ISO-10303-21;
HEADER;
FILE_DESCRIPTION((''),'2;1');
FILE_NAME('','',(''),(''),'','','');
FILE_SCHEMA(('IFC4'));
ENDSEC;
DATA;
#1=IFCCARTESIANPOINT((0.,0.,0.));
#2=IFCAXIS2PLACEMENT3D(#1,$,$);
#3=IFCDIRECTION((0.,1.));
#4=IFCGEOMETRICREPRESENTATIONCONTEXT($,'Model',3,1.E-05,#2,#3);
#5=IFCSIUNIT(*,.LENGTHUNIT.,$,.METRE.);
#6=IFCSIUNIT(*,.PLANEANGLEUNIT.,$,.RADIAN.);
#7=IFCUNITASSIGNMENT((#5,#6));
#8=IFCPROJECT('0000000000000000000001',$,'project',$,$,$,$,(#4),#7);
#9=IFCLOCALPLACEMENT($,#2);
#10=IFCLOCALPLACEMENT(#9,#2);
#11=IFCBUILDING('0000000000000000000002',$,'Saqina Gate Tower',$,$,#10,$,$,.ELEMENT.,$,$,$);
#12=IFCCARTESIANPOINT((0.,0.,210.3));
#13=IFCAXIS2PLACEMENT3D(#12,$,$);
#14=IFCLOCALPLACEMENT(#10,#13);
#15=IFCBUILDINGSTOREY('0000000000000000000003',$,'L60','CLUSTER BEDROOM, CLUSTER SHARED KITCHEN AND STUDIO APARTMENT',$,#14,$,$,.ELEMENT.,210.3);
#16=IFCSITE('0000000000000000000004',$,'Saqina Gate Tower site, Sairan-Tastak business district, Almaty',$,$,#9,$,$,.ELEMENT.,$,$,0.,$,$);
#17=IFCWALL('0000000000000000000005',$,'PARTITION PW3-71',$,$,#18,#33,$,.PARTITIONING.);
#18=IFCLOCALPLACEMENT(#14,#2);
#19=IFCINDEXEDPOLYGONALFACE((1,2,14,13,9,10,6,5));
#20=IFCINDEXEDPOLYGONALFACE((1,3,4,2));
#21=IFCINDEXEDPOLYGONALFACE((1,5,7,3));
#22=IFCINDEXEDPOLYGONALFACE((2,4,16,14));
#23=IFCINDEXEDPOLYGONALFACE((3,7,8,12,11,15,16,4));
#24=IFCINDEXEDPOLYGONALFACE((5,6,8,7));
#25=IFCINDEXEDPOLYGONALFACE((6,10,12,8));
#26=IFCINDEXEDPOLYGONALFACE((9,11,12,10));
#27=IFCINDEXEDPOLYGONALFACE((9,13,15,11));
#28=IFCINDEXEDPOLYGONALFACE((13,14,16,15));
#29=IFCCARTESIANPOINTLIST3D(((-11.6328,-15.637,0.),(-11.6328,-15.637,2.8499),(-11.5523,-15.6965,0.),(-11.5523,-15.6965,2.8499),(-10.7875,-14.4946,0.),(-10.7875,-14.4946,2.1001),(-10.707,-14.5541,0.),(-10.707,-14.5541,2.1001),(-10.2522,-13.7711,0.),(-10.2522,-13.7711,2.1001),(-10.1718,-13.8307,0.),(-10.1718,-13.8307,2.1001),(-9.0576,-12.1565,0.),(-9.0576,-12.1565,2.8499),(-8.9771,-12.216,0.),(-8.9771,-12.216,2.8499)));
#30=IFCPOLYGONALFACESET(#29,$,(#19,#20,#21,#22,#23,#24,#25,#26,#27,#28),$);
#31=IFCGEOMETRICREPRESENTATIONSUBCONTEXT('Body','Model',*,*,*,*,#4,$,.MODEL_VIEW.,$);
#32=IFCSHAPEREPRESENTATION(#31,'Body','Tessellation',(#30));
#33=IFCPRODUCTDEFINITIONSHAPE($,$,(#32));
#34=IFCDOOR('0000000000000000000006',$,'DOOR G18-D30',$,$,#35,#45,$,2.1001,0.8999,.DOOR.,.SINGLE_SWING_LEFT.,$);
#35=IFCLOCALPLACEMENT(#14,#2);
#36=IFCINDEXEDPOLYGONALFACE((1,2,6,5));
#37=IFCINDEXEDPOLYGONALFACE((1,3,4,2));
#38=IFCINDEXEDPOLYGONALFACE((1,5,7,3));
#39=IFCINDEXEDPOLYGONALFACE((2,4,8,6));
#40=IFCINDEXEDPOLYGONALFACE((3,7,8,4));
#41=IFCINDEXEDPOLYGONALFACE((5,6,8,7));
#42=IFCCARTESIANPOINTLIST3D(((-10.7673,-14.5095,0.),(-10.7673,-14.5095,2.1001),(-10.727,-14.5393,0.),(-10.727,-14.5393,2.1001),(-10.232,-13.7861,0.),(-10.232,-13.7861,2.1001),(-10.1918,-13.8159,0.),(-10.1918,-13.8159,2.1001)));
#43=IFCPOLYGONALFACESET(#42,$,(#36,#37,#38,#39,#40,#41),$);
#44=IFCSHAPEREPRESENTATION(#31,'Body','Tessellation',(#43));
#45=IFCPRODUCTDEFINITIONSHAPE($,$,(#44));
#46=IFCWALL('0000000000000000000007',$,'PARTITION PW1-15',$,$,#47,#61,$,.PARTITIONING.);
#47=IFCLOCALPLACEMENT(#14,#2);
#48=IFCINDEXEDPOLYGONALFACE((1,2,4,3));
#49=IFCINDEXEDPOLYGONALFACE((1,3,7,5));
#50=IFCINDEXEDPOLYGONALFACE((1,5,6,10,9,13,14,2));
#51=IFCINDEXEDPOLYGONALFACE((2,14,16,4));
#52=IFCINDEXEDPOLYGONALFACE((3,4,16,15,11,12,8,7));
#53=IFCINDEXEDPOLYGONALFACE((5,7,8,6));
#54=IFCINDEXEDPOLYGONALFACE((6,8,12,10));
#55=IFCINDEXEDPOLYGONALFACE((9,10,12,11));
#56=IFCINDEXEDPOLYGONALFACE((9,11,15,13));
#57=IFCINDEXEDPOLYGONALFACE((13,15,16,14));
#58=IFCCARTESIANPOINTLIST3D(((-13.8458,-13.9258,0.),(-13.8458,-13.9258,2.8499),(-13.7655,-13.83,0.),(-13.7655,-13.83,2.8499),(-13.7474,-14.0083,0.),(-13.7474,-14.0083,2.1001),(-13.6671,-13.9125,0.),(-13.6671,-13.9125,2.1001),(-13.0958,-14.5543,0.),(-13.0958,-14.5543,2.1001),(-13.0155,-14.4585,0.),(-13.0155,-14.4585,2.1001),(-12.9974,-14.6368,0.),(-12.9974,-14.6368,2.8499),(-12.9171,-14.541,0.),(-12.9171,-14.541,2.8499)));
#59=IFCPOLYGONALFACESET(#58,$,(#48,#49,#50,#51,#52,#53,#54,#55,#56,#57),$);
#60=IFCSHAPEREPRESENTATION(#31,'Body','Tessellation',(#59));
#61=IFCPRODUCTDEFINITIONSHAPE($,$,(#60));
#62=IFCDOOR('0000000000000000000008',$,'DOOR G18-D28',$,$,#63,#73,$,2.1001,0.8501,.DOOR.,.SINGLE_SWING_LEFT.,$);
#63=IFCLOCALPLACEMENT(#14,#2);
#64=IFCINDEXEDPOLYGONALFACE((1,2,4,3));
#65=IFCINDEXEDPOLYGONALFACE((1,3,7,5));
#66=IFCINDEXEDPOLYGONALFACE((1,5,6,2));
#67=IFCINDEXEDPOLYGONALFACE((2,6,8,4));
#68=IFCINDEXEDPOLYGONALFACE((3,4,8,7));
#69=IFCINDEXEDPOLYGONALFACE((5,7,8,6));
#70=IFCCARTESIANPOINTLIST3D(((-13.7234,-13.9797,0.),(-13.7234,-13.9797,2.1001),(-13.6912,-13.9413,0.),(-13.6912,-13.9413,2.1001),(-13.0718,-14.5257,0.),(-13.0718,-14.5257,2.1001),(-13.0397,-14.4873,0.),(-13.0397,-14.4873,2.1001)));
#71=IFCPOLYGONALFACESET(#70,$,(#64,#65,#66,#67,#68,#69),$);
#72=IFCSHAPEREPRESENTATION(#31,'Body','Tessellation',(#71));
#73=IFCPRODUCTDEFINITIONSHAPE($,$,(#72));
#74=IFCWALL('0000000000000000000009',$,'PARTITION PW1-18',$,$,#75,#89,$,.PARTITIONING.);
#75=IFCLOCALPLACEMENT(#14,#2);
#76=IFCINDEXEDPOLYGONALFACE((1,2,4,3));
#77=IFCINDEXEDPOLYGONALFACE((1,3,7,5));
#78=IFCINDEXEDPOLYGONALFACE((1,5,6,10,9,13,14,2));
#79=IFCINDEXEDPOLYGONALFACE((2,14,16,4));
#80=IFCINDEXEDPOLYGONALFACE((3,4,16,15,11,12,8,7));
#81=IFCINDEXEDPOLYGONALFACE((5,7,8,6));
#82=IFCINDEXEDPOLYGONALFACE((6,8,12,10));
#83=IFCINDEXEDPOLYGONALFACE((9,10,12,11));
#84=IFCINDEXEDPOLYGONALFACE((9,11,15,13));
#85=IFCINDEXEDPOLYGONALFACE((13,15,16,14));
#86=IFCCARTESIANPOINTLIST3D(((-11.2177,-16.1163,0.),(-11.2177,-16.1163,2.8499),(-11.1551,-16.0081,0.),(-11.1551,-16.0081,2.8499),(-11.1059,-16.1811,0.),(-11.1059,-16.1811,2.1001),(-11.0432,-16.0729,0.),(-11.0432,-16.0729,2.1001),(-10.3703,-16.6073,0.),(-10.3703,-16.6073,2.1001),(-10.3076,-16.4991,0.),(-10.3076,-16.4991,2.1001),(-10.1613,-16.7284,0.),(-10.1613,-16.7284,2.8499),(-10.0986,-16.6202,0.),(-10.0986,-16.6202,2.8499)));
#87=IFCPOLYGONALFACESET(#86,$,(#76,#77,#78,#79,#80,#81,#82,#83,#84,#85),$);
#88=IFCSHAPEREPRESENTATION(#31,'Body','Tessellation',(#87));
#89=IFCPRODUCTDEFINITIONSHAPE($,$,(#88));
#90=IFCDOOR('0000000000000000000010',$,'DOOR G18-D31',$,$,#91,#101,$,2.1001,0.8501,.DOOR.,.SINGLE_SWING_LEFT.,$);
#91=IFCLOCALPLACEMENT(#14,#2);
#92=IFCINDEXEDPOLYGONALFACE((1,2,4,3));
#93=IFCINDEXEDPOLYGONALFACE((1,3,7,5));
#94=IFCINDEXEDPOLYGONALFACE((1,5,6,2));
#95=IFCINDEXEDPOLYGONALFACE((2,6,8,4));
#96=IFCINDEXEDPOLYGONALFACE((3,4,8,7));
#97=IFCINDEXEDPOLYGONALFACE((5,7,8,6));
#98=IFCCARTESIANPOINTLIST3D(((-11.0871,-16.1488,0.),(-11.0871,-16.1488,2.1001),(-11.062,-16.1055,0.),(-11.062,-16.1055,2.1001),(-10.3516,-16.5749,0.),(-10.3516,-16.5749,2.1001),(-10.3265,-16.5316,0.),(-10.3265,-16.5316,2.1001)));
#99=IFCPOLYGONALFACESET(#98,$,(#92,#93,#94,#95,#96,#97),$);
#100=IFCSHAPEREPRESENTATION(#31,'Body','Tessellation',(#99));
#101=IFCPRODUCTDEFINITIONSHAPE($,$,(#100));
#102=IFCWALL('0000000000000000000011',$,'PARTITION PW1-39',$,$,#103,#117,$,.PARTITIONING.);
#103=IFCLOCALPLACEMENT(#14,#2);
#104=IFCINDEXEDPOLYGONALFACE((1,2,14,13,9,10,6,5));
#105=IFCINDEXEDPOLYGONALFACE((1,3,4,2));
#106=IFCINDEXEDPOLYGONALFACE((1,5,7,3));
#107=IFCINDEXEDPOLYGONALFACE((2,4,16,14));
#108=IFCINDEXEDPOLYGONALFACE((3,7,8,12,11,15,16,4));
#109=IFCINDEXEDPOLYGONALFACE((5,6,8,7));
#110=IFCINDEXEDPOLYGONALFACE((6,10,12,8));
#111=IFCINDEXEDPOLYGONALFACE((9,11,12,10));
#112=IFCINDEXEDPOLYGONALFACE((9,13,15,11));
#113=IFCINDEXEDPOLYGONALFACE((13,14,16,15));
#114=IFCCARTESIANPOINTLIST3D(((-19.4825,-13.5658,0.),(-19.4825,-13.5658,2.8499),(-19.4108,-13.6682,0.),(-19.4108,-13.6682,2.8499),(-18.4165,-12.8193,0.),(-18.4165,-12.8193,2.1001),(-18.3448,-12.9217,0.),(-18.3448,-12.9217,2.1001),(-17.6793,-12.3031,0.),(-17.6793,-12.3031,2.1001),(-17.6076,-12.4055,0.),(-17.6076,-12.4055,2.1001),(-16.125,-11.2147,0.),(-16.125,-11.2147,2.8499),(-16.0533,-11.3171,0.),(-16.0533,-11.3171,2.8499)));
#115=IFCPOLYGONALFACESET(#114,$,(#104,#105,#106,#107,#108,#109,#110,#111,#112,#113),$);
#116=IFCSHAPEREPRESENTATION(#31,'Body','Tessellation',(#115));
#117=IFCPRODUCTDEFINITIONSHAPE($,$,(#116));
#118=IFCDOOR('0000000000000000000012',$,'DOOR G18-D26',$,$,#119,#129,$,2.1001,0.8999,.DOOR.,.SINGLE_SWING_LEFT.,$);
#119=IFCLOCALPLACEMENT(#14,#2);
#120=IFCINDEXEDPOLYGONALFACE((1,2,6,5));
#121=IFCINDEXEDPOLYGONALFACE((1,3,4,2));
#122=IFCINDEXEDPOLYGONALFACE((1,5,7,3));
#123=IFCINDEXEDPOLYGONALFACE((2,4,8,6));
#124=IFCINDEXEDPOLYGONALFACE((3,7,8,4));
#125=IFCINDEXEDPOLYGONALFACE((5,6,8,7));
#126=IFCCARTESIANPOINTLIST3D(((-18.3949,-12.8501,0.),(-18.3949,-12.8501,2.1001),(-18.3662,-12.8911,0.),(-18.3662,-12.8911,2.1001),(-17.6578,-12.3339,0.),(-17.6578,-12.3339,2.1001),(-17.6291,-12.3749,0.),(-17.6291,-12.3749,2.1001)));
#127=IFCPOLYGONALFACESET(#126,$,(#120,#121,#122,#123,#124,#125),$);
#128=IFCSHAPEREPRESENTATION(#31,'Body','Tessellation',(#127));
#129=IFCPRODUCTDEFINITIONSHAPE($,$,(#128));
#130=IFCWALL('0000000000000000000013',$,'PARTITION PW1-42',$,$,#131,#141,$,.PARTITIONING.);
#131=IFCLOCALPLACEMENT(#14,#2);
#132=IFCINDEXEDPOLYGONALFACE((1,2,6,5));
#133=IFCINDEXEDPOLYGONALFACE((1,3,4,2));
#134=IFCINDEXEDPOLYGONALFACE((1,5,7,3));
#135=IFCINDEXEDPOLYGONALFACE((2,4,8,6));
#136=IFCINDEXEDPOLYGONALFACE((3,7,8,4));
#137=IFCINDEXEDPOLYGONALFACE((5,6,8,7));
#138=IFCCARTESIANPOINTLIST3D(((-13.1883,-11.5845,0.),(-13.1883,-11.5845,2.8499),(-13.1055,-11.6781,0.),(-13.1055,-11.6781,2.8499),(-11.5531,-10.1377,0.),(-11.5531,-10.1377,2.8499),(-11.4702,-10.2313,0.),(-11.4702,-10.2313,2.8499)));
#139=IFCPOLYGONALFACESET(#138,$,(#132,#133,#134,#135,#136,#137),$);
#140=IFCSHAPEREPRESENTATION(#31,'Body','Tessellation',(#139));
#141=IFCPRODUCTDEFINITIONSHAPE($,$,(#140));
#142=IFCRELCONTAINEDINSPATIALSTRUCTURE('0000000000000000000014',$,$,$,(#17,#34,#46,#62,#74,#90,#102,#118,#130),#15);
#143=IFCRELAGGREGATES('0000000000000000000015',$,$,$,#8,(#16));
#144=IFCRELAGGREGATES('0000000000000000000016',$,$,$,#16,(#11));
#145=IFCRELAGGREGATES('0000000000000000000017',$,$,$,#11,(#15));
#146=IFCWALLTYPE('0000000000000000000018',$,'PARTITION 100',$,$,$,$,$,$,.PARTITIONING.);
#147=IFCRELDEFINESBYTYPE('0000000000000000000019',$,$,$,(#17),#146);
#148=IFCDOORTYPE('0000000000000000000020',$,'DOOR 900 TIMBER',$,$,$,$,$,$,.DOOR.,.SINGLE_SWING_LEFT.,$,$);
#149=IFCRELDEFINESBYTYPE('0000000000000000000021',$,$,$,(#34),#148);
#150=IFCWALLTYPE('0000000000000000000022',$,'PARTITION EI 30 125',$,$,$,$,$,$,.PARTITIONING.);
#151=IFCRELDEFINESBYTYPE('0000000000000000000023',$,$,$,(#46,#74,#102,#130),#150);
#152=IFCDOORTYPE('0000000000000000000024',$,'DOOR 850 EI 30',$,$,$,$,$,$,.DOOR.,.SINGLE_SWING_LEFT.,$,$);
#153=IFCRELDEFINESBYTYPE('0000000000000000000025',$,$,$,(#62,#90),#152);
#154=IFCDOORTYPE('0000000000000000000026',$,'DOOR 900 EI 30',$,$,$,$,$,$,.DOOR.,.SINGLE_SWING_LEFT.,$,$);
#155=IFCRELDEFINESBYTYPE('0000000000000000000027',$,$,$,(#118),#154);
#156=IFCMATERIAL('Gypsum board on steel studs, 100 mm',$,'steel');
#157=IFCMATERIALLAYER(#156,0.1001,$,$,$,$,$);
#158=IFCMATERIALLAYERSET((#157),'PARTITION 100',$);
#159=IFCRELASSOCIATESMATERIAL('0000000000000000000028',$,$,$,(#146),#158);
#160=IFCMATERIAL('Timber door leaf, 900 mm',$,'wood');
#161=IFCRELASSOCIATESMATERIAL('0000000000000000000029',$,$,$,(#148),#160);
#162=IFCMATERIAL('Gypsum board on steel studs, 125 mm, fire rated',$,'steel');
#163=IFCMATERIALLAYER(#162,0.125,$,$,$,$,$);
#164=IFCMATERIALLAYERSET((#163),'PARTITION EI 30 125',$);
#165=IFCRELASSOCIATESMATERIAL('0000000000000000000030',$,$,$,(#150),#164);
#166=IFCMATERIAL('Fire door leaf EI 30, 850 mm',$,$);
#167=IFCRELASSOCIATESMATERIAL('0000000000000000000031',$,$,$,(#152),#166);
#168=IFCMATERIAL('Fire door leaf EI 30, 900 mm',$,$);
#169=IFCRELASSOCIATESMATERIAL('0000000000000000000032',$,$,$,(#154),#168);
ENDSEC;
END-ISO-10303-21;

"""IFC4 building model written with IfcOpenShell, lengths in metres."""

from ifc_helpers import new_model, si_unit, direction, frame, frame_2d, origin, place, context, subcontext, project, spatial, rectangle, extrude, material, layer, layer_set, type_object, element, fill, save


model = new_model("IFC4")

# Units and contexts
model_context = context("Model", 3, precision=1e-05, world=origin(), true_north=direction((0.0, 1.0)))
body_context = subcontext(model_context, "Body", "Model", "MODEL_VIEW")
ifc_project = project(units=[si_unit("LENGTHUNIT", "METRE"), si_unit("PLANEANGLEUNIT", "RADIAN")], contexts=[model_context])

# Site, building, storey
site_placement = place(None, origin())
site = spatial("IfcSite", under=ifc_project, at=site_placement, Name="Saqina Gate Tower site, Sairan-Tastak business district, Almaty", CompositionType="ELEMENT", RefElevation=0.0)
building_placement = place(site_placement, origin())
building = spatial("IfcBuilding", under=site, at=building_placement, Name="Saqina Gate Tower", CompositionType="ELEMENT")
storey_placement = place(building_placement, frame((0.0, 0.0, 210.3)))
storey = spatial("IfcBuildingStorey", under=building, at=storey_placement, Name="L60", Description="CLUSTER BEDROOM, CLUSTER SHARED KITCHEN AND STUDIO APARTMENT", CompositionType="ELEMENT", Elevation=210.3)

# Shared definitions
ifc_material_1 = material(Name="Gypsum board on steel studs, 100 mm", Category="steel")
ifc_layer_1 = layer(ifc_material_1, 0.1001)
ifc_layer_set_1 = layer_set([ifc_layer_1], Name="PARTITION 100")
wall_type_1 = type_object("IfcWallType", Name="PARTITION 100", PredefinedType="PARTITIONING", material=ifc_layer_set_1)

# Walls, openings, doors
wall_1_placement = place(storey_placement, frame((-11.5925, -15.6667, 0.0), z_axis=(0.0, 0.0, 1.0), x_axis=(0.594791, 0.803881, 0.0)))
wall_1 = element("IfcWall", 1, at=wall_1_placement, inside=storey, type_object=wall_type_1, Name="PARTITION PW3-71", PredefinedType="PARTITIONING", context=body_context, shape_type="SweptSolid", body=[
    extrude(rectangle(XDim=4.3296, YDim=0.1001, at=frame_2d((2.1648, 0.0))), origin(), (0.0, 0.0, 1.0), 2.8499),
])
opening_1_placement = place(wall_1_placement, frame((1.4211, 0.0, 0.0)))
opening_1 = element("IfcOpeningElement", 2, at=opening_1_placement, cuts=wall_1, PredefinedType="OPENING", context=body_context, shape_type="SweptSolid", body=[
    extrude(rectangle(XDim=0.8999, YDim=2.1001, at=frame_2d((0.45, 1.05))), frame((0.0, 0.062, 0.0), z_axis=(0.0, -1.0, 0.0), x_axis=(1.0, 0.0, 0.0)), (0.0, 0.0, 1.0), 0.124),
])
ifc_material_2 = material(Name="Timber door leaf, 900 mm", Category="wood")
door_type_1 = type_object("IfcDoorType", Name="DOOR 900 TIMBER", OperationType="SINGLE_SWING_LEFT", PredefinedType="DOOR", material=ifc_material_2)
door_1_placement = place(opening_1_placement, origin())
door_1 = element("IfcDoor", 3, at=door_1_placement, inside=storey, type_object=door_type_1, Name="DOOR G18-D30", OperationType="SINGLE_SWING_LEFT", OverallHeight=2.1001, OverallWidth=0.8999, PredefinedType="DOOR", context=body_context, shape_type="SweptSolid", body=[
    extrude(rectangle(XDim=0.8999, YDim=2.1001, at=frame_2d((0.45, 1.05))), frame((0.0, 0.0249, 0.0), z_axis=(0.0, -1.0, 0.0), x_axis=(1.0, 0.0, 0.0)), (0.0, 0.0, 1.0), 0.05),
])
fill(opening_1, door_1)
ifc_material_3 = material(Name="Gypsum board on steel studs, 125 mm, fire rated", Category="steel")
ifc_layer_2 = layer(ifc_material_3, 0.125)
ifc_layer_set_2 = layer_set([ifc_layer_2], Name="PARTITION EI 30 125")
wall_type_2 = type_object("IfcWallType", Name="PARTITION EI 30 125", PredefinedType="PARTITIONING", material=ifc_layer_set_2)
wall_2_placement = place(storey_placement, frame((-13.8057, -13.8779, 0.0), z_axis=(0.0, 0.0, 1.0), x_axis=(0.766465, -0.642286, 0.0)))
wall_2 = element("IfcWall", 4, at=wall_2_placement, inside=storey, type_object=wall_type_2, Name="PARTITION PW1-15", PredefinedType="PARTITIONING", context=body_context, shape_type="SweptSolid", body=[
    extrude(rectangle(XDim=1.1069, YDim=0.125, at=frame_2d((0.5535, 0.0))), origin(), (0.0, 0.0, 1.0), 2.8499),
])
opening_2_placement = place(wall_2_placement, frame((0.1284, 0.0, 0.0)))
opening_2 = element("IfcOpeningElement", 5, at=opening_2_placement, cuts=wall_2, PredefinedType="OPENING", context=body_context, shape_type="SweptSolid", body=[
    extrude(rectangle(XDim=0.8501, YDim=2.1001, at=frame_2d((0.425, 1.05))), frame((0.0, 0.0745, 0.0), z_axis=(0.0, -1.0, 0.0), x_axis=(1.0, 0.0, 0.0)), (0.0, 0.0, 1.0), 0.1489),
])
ifc_material_4 = material(Name="Fire door leaf EI 30, 850 mm")
door_type_2 = type_object("IfcDoorType", Name="DOOR 850 EI 30", OperationType="SINGLE_SWING_LEFT", PredefinedType="DOOR", material=ifc_material_4)
door_2_placement = place(opening_2_placement, origin())
door_2 = element("IfcDoor", 6, at=door_2_placement, inside=storey, type_object=door_type_2, Name="DOOR G18-D28", OperationType="SINGLE_SWING_LEFT", OverallHeight=2.1001, OverallWidth=0.8501, PredefinedType="DOOR", context=body_context, shape_type="SweptSolid", body=[
    extrude(rectangle(XDim=0.8501, YDim=2.1001, at=frame_2d((0.425, 1.05))), frame((0.0, 0.0249, 0.0), z_axis=(0.0, -1.0, 0.0), x_axis=(1.0, 0.0, 0.0)), (0.0, 0.0, 1.0), 0.05),
])
fill(opening_2, door_2)
wall_3_placement = place(storey_placement, frame((-11.1863, -16.0623, 0.0), z_axis=(0.0, 0.0, 1.0), x_axis=(0.865262, -0.50132, 0.0)))
wall_3 = element("IfcWall", 7, at=wall_3_placement, inside=storey, type_object=wall_type_2, Name="PARTITION PW1-18", PredefinedType="PARTITIONING", context=body_context, shape_type="SweptSolid", body=[
    extrude(rectangle(XDim=1.2209, YDim=0.125, at=frame_2d((0.6104, 0.0))), origin(), (0.0, 0.0, 1.0), 2.8499),
])
opening_3_placement = place(wall_3_placement, frame((0.1292, 0.0, 0.0)))
opening_3 = element("IfcOpeningElement", 8, at=opening_3_placement, cuts=wall_3, PredefinedType="OPENING", context=body_context, shape_type="SweptSolid", body=[
    extrude(rectangle(XDim=0.8501, YDim=2.1001, at=frame_2d((0.425, 1.05))), frame((0.0, 0.0745, 0.0), z_axis=(0.0, -1.0, 0.0), x_axis=(1.0, 0.0, 0.0)), (0.0, 0.0, 1.0), 0.1489),
])
door_3_placement = place(opening_3_placement, origin())
door_3 = element("IfcDoor", 9, at=door_3_placement, inside=storey, type_object=door_type_2, Name="DOOR G18-D31", OperationType="SINGLE_SWING_LEFT", OverallHeight=2.1001, OverallWidth=0.8501, PredefinedType="DOOR", context=body_context, shape_type="SweptSolid", body=[
    extrude(rectangle(XDim=0.8501, YDim=2.1001, at=frame_2d((0.425, 1.05))), frame((0.0, 0.0249, 0.0), z_axis=(0.0, -1.0, 0.0), x_axis=(1.0, 0.0, 0.0)), (0.0, 0.0, 1.0), 0.05),
])
fill(opening_3, door_3)
wall_4_placement = place(storey_placement, frame((-19.4465, -13.6169, 0.0), z_axis=(0.0, 0.0, 1.0), x_axis=(0.819131, 0.573606, 0.0)))
wall_4 = element("IfcWall", 10, at=wall_4_placement, inside=storey, type_object=wall_type_2, Name="PARTITION PW1-39", PredefinedType="PARTITIONING", context=body_context, shape_type="SweptSolid", body=[
    extrude(rectangle(XDim=4.0989, YDim=0.125, at=frame_2d((2.0493, 0.0))), origin(), (0.0, 0.0, 1.0), 2.8499),
])
opening_4_placement = place(wall_4_placement, frame((1.3013, 0.0, 0.0)))
opening_4 = element("IfcOpeningElement", 11, at=opening_4_placement, cuts=wall_4, PredefinedType="OPENING", context=body_context, shape_type="SweptSolid", body=[
    extrude(rectangle(XDim=0.8999, YDim=2.1001, at=frame_2d((0.45, 1.05))), frame((0.0, 0.0745, 0.0), z_axis=(0.0, -1.0, 0.0), x_axis=(1.0, 0.0, 0.0)), (0.0, 0.0, 1.0), 0.1489),
])
ifc_material_5 = material(Name="Fire door leaf EI 30, 900 mm")
door_type_3 = type_object("IfcDoorType", Name="DOOR 900 EI 30", OperationType="SINGLE_SWING_LEFT", PredefinedType="DOOR", material=ifc_material_5)
door_4_placement = place(opening_4_placement, origin())
door_4 = element("IfcDoor", 12, at=door_4_placement, inside=storey, type_object=door_type_3, Name="DOOR G18-D26", OperationType="SINGLE_SWING_LEFT", OverallHeight=2.1001, OverallWidth=0.8999, PredefinedType="DOOR", context=body_context, shape_type="SweptSolid", body=[
    extrude(rectangle(XDim=0.8999, YDim=2.1001, at=frame_2d((0.45, 1.05))), frame((0.0, 0.0249, 0.0), z_axis=(0.0, -1.0, 0.0), x_axis=(1.0, 0.0, 0.0)), (0.0, 0.0, 1.0), 0.05),
])
fill(opening_4, door_4)

# Wall
wall_5_placement = place(storey_placement, frame((-13.147, -11.6313, 0.0), z_axis=(0.0, 0.0, 1.0), x_axis=(0.74895, 0.662627, 0.0)))
element("IfcWall", 13, at=wall_5_placement, inside=storey, type_object=wall_type_2, Name="PARTITION PW1-42", PredefinedType="PARTITIONING", context=body_context, shape_type="SweptSolid", body=[
    extrude(rectangle(XDim=2.1833, YDim=0.125, at=frame_2d((1.0918, 0.0))), origin(), (0.0, 0.0, 1.0), 2.8499),
])

save(model, "model.ifc")
